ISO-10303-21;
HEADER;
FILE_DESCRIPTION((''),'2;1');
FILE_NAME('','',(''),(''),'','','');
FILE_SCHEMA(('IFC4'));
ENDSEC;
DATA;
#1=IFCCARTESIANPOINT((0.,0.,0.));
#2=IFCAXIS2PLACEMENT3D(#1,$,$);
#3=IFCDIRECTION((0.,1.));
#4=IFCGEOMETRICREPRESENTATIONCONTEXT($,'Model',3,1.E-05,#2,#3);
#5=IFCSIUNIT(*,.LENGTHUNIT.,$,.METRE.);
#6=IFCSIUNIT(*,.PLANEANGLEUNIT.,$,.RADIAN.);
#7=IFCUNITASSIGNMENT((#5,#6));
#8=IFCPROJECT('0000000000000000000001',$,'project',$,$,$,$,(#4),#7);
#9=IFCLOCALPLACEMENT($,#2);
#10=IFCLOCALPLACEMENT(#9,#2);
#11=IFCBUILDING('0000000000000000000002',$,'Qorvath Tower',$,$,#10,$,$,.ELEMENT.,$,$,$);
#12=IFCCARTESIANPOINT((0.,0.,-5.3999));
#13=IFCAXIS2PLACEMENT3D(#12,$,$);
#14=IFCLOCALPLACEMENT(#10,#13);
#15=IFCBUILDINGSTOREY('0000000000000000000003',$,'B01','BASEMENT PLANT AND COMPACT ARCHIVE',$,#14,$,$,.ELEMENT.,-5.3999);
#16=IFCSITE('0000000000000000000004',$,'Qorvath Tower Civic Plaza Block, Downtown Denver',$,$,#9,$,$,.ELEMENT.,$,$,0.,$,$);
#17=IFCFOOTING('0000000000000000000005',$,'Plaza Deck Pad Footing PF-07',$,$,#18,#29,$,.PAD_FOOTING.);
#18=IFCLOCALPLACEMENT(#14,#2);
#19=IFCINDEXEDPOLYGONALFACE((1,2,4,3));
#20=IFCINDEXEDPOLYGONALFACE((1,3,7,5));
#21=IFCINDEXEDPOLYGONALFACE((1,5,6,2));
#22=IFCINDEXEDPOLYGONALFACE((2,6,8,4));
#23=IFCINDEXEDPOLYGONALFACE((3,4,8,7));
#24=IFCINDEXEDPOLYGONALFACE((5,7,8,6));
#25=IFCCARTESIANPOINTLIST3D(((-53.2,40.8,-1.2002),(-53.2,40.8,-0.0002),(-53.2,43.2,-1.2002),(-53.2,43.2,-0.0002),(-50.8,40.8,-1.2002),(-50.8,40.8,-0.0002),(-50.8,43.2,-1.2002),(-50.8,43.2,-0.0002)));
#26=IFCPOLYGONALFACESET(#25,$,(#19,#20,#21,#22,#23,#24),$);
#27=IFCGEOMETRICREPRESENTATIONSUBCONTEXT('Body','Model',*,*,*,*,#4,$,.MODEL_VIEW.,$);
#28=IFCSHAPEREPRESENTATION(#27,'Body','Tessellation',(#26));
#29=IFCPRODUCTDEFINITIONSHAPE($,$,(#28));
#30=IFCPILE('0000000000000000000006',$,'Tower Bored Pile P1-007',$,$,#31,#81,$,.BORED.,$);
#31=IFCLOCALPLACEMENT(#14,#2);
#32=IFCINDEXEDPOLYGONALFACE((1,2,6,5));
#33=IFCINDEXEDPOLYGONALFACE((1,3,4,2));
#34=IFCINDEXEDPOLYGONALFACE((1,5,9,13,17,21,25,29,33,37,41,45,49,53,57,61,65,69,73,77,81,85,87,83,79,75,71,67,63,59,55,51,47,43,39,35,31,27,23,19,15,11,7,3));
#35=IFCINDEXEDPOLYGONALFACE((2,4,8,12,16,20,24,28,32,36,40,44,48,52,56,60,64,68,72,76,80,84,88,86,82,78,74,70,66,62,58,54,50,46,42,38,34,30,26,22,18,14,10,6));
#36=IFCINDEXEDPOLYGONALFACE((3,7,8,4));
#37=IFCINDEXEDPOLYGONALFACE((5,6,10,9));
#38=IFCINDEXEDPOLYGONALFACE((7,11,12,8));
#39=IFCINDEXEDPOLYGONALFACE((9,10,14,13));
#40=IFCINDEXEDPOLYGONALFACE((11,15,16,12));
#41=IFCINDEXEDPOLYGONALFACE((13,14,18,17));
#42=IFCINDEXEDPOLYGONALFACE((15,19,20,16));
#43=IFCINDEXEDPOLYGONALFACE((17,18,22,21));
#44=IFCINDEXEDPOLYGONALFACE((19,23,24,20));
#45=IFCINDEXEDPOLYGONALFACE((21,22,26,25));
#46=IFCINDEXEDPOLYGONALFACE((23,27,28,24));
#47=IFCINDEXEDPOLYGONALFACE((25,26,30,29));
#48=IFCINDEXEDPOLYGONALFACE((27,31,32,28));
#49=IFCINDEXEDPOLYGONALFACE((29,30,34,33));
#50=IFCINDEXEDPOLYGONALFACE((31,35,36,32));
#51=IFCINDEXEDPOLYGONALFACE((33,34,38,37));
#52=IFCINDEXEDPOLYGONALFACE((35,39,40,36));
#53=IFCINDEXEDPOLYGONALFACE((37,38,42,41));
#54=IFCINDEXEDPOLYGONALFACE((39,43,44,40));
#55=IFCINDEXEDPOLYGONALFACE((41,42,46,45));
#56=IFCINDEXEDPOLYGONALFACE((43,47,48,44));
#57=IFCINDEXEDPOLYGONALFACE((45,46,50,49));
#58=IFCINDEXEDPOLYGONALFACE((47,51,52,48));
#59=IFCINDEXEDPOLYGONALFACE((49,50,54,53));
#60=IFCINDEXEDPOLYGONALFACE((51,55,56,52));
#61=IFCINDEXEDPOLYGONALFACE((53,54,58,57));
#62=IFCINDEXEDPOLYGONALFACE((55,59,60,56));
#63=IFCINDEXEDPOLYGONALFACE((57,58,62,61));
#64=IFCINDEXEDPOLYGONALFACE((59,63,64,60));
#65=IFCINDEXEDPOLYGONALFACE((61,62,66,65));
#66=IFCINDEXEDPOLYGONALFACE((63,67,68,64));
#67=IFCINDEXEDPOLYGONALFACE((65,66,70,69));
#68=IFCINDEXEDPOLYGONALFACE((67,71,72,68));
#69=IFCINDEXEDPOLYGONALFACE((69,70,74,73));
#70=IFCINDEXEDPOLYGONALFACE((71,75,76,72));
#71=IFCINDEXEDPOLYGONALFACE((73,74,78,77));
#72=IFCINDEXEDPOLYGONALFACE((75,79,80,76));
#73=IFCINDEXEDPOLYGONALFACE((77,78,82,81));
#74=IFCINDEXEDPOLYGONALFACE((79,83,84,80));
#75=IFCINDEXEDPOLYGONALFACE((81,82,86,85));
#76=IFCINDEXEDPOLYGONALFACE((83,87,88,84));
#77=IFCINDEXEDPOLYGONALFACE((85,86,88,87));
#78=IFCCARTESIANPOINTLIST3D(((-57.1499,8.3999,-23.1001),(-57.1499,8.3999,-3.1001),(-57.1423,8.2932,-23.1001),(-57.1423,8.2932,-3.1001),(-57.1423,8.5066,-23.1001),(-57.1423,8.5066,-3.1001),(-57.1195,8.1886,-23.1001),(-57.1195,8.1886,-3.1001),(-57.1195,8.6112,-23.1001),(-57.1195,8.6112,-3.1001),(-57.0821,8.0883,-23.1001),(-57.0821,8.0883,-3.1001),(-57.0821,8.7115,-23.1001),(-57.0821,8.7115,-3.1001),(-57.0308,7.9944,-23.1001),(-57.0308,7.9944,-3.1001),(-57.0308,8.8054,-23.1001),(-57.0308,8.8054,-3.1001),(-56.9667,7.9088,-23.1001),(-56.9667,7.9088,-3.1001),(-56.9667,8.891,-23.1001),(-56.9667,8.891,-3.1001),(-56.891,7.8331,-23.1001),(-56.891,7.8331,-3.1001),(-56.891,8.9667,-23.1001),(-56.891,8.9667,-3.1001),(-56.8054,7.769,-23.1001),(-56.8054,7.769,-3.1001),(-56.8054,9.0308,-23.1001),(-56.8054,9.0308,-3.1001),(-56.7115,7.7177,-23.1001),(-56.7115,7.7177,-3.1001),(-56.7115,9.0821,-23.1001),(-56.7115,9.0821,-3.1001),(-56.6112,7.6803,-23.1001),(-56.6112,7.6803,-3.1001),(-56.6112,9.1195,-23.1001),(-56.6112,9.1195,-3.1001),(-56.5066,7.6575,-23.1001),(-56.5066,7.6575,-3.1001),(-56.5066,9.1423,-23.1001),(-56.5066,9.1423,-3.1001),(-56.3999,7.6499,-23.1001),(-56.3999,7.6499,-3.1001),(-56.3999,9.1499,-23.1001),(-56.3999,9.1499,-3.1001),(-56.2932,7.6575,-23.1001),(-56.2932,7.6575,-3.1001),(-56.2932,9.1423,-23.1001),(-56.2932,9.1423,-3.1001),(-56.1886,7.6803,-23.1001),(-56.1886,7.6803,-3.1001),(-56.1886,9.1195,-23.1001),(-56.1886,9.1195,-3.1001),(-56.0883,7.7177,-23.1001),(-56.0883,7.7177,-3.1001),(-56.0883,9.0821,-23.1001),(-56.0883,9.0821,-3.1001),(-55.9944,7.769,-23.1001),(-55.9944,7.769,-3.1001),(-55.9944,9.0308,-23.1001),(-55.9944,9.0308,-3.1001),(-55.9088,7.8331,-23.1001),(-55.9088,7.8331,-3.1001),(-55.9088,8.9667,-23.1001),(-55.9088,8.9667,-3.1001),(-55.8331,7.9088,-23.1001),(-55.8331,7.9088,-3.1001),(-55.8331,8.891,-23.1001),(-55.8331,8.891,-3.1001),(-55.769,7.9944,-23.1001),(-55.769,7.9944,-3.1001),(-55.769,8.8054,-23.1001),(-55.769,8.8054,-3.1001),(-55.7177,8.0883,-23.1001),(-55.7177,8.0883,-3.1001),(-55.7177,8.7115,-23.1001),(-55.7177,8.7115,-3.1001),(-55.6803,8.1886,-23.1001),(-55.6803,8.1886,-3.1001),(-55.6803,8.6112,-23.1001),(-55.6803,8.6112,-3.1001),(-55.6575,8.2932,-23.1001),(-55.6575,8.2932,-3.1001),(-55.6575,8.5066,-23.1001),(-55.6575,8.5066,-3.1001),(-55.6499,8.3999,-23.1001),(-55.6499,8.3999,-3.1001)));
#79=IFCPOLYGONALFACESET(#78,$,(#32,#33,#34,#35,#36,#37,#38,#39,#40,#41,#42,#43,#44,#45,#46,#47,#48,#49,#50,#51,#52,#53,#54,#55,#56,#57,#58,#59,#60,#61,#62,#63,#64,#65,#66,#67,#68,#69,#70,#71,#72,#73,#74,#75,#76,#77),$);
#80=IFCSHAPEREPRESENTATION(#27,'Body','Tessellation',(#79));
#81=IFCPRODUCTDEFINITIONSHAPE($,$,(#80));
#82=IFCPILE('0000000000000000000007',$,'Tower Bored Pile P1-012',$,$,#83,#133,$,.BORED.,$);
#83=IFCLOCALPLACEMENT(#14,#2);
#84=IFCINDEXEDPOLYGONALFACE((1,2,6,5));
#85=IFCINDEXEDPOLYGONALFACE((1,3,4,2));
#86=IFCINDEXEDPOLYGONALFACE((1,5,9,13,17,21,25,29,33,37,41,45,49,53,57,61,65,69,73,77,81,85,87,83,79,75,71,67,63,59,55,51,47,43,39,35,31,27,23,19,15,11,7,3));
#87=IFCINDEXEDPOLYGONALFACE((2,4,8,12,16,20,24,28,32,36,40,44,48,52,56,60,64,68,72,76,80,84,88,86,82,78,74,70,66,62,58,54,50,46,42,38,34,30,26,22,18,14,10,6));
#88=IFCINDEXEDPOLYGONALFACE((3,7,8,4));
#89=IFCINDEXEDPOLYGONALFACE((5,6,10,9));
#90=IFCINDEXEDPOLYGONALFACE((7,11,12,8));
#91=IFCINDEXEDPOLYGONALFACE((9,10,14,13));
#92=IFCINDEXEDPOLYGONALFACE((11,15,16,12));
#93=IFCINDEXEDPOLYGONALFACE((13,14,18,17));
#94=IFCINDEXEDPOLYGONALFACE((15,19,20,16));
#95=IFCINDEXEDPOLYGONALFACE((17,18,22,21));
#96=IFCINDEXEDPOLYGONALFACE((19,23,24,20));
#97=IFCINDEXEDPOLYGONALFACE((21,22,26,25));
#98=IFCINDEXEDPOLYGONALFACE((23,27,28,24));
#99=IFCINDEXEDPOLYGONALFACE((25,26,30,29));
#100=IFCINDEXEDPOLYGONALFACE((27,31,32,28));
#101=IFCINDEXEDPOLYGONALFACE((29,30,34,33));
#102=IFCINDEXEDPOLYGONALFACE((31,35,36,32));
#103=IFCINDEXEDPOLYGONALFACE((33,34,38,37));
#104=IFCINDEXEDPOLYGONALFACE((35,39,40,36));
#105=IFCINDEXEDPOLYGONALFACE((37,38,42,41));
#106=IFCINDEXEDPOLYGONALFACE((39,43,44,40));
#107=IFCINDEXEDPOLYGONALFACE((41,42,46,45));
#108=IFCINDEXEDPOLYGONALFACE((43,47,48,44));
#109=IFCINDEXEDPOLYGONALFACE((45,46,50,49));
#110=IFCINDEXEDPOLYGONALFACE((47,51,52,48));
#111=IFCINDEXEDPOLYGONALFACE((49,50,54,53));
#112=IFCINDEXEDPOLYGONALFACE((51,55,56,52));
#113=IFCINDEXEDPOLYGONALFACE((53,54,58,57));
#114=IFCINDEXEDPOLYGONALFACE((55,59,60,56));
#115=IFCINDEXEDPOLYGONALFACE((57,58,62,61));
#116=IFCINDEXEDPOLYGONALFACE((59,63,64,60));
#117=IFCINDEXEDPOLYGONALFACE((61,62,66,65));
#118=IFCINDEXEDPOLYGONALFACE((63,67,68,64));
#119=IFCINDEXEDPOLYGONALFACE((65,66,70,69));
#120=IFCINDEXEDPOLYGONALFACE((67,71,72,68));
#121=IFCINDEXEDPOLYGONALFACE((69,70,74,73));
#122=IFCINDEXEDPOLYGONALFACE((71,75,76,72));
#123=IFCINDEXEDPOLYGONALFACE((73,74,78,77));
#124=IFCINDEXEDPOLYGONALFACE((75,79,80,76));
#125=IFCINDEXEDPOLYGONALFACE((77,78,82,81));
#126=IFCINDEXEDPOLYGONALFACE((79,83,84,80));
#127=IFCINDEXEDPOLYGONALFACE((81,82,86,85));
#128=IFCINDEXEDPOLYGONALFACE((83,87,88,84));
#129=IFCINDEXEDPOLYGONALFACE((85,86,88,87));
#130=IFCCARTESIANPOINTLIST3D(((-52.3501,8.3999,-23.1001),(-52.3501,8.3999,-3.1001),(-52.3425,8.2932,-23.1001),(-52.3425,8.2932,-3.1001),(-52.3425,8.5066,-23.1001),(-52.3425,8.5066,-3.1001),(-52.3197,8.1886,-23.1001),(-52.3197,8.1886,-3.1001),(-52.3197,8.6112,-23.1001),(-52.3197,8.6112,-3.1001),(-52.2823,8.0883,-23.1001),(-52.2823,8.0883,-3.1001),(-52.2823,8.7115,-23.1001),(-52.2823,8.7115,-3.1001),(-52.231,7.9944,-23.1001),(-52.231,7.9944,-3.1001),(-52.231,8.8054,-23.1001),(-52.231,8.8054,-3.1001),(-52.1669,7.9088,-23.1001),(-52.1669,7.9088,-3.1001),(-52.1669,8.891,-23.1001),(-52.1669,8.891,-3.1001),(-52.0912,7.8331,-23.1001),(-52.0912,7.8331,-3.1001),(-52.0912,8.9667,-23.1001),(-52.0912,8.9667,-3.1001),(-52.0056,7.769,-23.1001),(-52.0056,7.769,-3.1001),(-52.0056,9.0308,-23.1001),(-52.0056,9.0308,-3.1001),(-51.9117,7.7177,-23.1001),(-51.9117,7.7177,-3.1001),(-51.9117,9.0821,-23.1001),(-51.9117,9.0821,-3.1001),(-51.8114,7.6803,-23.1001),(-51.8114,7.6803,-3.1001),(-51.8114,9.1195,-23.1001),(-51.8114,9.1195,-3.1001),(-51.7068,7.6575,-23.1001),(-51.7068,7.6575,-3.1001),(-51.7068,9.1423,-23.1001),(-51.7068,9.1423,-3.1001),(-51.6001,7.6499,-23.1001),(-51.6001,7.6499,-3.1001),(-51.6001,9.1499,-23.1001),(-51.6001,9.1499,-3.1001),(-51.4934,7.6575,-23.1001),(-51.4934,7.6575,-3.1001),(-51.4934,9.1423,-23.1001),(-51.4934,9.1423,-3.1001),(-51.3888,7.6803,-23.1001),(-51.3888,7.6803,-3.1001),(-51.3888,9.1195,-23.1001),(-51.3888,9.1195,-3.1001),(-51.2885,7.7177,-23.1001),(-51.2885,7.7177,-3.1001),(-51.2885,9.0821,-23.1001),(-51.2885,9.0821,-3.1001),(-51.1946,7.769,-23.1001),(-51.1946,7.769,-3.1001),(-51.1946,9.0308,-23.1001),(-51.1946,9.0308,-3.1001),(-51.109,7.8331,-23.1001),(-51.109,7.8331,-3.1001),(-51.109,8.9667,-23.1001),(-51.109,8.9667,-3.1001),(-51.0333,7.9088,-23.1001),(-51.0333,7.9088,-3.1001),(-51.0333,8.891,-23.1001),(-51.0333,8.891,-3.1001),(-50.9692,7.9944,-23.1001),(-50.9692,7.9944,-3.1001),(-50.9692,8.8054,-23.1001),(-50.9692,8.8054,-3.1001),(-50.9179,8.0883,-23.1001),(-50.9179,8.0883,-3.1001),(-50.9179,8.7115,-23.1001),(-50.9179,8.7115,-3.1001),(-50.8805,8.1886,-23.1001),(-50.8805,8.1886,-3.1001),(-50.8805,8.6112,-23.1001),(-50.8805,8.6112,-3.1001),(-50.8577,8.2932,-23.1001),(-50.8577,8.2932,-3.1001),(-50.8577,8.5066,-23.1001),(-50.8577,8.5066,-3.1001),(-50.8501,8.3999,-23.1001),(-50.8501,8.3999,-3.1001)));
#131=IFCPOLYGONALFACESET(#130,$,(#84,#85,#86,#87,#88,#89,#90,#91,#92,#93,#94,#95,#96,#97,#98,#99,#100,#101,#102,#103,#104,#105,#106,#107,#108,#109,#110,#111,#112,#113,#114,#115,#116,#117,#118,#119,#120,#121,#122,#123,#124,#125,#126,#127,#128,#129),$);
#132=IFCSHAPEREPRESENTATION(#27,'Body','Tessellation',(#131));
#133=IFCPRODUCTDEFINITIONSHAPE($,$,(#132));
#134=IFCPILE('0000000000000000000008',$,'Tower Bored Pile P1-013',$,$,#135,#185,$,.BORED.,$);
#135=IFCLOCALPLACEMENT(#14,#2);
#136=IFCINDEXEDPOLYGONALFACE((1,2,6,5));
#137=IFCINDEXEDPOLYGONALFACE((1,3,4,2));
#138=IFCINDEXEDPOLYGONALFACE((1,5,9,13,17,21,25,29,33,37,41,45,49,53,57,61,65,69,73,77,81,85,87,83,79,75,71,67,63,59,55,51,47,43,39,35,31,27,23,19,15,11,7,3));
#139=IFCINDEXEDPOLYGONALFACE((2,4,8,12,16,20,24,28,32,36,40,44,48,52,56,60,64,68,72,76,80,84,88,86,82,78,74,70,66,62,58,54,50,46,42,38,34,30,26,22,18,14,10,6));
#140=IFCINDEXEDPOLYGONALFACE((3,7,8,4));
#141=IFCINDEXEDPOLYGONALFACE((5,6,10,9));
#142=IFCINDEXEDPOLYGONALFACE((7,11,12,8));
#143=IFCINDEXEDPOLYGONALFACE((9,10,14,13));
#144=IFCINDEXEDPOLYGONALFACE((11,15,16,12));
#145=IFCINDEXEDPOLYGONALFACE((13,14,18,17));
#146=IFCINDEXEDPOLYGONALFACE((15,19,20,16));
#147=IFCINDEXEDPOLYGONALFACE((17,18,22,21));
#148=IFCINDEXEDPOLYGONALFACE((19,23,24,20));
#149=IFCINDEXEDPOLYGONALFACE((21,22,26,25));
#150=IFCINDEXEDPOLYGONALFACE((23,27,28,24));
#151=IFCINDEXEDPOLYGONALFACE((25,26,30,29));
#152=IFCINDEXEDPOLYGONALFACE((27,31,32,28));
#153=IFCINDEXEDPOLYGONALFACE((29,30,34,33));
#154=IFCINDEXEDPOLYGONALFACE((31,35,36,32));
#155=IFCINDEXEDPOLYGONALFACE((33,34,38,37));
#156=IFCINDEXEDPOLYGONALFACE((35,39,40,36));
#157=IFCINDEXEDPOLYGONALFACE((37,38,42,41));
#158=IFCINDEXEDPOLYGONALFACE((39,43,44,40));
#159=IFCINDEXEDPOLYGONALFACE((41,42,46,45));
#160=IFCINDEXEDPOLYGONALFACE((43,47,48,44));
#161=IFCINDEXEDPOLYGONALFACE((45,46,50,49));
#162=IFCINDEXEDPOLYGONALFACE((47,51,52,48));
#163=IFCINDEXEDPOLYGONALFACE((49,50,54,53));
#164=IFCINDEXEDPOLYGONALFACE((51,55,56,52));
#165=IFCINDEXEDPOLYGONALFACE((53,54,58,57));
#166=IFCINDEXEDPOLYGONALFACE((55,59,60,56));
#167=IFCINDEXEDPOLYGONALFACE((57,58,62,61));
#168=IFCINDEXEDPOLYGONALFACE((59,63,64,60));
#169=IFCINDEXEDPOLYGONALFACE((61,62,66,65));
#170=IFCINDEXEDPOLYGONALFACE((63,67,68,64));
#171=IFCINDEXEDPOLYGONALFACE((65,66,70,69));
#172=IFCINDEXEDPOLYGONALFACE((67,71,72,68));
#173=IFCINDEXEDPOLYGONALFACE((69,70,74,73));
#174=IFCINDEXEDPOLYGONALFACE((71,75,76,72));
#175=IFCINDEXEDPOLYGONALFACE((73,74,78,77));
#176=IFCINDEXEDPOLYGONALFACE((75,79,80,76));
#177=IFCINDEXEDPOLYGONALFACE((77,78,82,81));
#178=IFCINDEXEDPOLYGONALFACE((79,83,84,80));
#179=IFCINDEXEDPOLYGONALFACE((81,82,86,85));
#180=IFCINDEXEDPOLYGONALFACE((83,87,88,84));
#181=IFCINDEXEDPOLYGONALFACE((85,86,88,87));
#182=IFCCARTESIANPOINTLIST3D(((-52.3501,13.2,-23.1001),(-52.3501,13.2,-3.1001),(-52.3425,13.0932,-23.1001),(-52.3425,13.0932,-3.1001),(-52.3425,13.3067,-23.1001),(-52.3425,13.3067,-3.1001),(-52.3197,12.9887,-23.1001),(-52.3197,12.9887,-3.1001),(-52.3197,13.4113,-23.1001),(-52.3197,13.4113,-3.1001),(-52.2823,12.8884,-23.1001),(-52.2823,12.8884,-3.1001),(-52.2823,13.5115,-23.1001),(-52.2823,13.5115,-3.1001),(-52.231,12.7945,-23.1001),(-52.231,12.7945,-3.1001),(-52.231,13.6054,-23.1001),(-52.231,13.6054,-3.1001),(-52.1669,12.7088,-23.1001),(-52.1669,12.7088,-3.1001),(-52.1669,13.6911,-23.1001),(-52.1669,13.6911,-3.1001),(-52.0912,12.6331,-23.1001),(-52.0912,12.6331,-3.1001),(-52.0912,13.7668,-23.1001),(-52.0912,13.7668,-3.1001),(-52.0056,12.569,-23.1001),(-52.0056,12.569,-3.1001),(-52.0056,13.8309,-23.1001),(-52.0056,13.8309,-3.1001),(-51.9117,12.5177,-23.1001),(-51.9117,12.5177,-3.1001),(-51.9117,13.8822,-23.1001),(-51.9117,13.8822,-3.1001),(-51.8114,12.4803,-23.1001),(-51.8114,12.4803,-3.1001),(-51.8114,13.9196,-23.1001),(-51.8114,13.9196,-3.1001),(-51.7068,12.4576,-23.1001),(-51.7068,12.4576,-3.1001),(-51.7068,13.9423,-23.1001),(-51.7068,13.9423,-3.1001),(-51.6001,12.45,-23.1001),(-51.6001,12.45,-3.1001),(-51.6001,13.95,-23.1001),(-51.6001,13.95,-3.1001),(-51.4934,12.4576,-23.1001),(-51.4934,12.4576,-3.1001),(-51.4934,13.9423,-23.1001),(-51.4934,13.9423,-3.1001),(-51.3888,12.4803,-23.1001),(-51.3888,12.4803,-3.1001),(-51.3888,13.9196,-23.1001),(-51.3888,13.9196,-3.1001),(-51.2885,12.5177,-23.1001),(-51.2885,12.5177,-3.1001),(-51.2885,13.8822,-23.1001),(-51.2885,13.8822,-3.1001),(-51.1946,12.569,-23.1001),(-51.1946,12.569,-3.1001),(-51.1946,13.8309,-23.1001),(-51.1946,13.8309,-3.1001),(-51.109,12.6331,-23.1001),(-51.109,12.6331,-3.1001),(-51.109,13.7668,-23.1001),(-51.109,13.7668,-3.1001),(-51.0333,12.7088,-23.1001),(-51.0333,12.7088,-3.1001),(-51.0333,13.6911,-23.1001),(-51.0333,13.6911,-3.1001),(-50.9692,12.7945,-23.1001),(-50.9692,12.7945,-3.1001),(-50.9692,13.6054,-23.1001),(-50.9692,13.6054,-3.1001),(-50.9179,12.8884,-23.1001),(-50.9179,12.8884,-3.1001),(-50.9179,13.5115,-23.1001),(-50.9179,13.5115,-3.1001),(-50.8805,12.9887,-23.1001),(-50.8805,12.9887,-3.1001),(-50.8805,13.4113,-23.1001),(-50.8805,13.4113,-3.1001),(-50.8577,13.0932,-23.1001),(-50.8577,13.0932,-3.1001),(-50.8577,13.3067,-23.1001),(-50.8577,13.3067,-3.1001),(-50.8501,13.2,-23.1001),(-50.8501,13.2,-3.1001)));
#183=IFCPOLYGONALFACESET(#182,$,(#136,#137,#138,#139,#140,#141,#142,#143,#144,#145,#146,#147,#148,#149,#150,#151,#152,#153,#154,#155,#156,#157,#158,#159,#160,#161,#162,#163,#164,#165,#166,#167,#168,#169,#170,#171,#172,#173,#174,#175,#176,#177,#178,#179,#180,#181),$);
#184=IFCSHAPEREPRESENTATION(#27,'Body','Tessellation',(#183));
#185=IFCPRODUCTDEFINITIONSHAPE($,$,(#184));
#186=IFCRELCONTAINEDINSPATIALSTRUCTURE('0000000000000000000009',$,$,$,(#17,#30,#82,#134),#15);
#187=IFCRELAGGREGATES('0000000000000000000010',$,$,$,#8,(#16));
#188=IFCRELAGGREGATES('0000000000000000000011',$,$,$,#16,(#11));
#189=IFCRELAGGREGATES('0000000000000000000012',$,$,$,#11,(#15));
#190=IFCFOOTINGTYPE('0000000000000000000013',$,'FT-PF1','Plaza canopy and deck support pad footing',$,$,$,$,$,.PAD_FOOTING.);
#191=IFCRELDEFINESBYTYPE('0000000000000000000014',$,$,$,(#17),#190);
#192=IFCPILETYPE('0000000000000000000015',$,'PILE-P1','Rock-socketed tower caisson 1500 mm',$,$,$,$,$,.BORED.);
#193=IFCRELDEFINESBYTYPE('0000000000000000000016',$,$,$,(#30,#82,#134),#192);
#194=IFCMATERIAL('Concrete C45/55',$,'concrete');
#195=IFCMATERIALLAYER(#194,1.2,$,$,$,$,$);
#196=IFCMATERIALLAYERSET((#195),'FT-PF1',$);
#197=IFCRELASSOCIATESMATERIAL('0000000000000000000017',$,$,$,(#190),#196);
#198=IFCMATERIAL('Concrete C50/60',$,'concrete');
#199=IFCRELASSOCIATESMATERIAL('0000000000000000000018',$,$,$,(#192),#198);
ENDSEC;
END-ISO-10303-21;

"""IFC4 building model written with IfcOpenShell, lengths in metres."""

from ifc_helpers import new_model, si_unit, direction, frame, origin, origin_2d, place, context, subcontext, project, spatial, rectangle, circle, extrude, material, layer, layer_set, material_profile, profile_set, type_object, element, save


model = new_model("IFC4")

# Units and contexts
model_context = context("Model", 3, precision=1e-05, world=origin(), true_north=direction((0.0, 1.0)))
body_context = subcontext(model_context, "Body", "Model", "MODEL_VIEW")
ifc_project = project(units=[si_unit("LENGTHUNIT", "METRE"), si_unit("PLANEANGLEUNIT", "RADIAN")], contexts=[model_context])

# Site, building, storey
site_placement = place(None, origin())
site = spatial("IfcSite", under=ifc_project, at=site_placement, Name="Qorvath Tower Civic Plaza Block, Downtown Denver", CompositionType="ELEMENT", RefElevation=0.0)
building_placement = place(site_placement, origin())
building = spatial("IfcBuilding", under=site, at=building_placement, Name="Qorvath Tower", CompositionType="ELEMENT")
storey_placement = place(building_placement, frame((0.0, 0.0, -5.3999)))
storey = spatial("IfcBuildingStorey", under=building, at=storey_placement, Name="B01", Description="BASEMENT PLANT AND COMPACT ARCHIVE", CompositionType="ELEMENT", Elevation=-5.3999)

# Footing
ifc_material_1 = material(Name="Concrete C45/55", Category="concrete")
ifc_layer_1 = layer(ifc_material_1, 1.2)
ifc_layer_set_1 = layer_set([ifc_layer_1], Name="FT-PF1")
footing_type = type_object("IfcFootingType", Name="FT-PF1", Description="Plaza canopy and deck support pad footing", PredefinedType="PAD_FOOTING", material=ifc_layer_set_1)
footing_placement = place(storey_placement, frame((-52.0, 42.0, -1.2002), z_axis=(0.0, 0.0, 1.0), x_axis=(1.0, 0.0, 0.0)))
element("IfcFooting", 1, at=footing_placement, inside=storey, type_object=footing_type, Name="Plaza Deck Pad Footing PF-07", PredefinedType="PAD_FOOTING", context=body_context, shape_type="SweptSolid", body=[
    extrude(rectangle(XDim=2.3999, YDim=2.3999, at=origin_2d()), origin(), (0.0, 0.0, 1.0), 1.2),
])

# Piles
ifc_material_2 = material(Name="Concrete C50/60", Category="concrete")
ifc_material_profile_1 = material_profile(ifc_material_2, circle(Radius=0.75, at=origin_2d()), Name="BORED PILE 1500")
ifc_profile_set_1 = profile_set([ifc_material_profile_1], Name="Concrete C50/60")
pile_type = type_object("IfcPileType", Name="PILE-P1", Description="Rock-socketed tower caisson 1500 mm", PredefinedType="BORED", material=ifc_profile_set_1)
for number, where, z_axis, x_axis, name in (
    (2, (-56.3999, 8.3999, -3.1001), (0.0, 0.0, -1.0), (1.0, 0.0, 0.0), "Tower Bored Pile P1-007"),
    (3, (-51.6001, 8.3999, -3.1001), (0.0, 0.0, -1.0), (1.0, 0.0, 0.0), "Tower Bored Pile P1-012"),
    (4, (-51.6001, 13.2, -3.1001), (0.0, 0.0, -1.0), (1.0, 0.0, 0.0), "Tower Bored Pile P1-013"),
):
    element("IfcPile", number, at=place(storey_placement, frame(where, z_axis=z_axis, x_axis=x_axis)), inside=storey, type_object=pile_type, Name=name, PredefinedType="BORED", context=body_context, shape_type="SweptSolid", body=[
        extrude(circle(Radius=0.75, at=origin_2d()), origin(), (0.0, 0.0, 1.0), 20.0),
    ])

save(model, "model.ifc")
